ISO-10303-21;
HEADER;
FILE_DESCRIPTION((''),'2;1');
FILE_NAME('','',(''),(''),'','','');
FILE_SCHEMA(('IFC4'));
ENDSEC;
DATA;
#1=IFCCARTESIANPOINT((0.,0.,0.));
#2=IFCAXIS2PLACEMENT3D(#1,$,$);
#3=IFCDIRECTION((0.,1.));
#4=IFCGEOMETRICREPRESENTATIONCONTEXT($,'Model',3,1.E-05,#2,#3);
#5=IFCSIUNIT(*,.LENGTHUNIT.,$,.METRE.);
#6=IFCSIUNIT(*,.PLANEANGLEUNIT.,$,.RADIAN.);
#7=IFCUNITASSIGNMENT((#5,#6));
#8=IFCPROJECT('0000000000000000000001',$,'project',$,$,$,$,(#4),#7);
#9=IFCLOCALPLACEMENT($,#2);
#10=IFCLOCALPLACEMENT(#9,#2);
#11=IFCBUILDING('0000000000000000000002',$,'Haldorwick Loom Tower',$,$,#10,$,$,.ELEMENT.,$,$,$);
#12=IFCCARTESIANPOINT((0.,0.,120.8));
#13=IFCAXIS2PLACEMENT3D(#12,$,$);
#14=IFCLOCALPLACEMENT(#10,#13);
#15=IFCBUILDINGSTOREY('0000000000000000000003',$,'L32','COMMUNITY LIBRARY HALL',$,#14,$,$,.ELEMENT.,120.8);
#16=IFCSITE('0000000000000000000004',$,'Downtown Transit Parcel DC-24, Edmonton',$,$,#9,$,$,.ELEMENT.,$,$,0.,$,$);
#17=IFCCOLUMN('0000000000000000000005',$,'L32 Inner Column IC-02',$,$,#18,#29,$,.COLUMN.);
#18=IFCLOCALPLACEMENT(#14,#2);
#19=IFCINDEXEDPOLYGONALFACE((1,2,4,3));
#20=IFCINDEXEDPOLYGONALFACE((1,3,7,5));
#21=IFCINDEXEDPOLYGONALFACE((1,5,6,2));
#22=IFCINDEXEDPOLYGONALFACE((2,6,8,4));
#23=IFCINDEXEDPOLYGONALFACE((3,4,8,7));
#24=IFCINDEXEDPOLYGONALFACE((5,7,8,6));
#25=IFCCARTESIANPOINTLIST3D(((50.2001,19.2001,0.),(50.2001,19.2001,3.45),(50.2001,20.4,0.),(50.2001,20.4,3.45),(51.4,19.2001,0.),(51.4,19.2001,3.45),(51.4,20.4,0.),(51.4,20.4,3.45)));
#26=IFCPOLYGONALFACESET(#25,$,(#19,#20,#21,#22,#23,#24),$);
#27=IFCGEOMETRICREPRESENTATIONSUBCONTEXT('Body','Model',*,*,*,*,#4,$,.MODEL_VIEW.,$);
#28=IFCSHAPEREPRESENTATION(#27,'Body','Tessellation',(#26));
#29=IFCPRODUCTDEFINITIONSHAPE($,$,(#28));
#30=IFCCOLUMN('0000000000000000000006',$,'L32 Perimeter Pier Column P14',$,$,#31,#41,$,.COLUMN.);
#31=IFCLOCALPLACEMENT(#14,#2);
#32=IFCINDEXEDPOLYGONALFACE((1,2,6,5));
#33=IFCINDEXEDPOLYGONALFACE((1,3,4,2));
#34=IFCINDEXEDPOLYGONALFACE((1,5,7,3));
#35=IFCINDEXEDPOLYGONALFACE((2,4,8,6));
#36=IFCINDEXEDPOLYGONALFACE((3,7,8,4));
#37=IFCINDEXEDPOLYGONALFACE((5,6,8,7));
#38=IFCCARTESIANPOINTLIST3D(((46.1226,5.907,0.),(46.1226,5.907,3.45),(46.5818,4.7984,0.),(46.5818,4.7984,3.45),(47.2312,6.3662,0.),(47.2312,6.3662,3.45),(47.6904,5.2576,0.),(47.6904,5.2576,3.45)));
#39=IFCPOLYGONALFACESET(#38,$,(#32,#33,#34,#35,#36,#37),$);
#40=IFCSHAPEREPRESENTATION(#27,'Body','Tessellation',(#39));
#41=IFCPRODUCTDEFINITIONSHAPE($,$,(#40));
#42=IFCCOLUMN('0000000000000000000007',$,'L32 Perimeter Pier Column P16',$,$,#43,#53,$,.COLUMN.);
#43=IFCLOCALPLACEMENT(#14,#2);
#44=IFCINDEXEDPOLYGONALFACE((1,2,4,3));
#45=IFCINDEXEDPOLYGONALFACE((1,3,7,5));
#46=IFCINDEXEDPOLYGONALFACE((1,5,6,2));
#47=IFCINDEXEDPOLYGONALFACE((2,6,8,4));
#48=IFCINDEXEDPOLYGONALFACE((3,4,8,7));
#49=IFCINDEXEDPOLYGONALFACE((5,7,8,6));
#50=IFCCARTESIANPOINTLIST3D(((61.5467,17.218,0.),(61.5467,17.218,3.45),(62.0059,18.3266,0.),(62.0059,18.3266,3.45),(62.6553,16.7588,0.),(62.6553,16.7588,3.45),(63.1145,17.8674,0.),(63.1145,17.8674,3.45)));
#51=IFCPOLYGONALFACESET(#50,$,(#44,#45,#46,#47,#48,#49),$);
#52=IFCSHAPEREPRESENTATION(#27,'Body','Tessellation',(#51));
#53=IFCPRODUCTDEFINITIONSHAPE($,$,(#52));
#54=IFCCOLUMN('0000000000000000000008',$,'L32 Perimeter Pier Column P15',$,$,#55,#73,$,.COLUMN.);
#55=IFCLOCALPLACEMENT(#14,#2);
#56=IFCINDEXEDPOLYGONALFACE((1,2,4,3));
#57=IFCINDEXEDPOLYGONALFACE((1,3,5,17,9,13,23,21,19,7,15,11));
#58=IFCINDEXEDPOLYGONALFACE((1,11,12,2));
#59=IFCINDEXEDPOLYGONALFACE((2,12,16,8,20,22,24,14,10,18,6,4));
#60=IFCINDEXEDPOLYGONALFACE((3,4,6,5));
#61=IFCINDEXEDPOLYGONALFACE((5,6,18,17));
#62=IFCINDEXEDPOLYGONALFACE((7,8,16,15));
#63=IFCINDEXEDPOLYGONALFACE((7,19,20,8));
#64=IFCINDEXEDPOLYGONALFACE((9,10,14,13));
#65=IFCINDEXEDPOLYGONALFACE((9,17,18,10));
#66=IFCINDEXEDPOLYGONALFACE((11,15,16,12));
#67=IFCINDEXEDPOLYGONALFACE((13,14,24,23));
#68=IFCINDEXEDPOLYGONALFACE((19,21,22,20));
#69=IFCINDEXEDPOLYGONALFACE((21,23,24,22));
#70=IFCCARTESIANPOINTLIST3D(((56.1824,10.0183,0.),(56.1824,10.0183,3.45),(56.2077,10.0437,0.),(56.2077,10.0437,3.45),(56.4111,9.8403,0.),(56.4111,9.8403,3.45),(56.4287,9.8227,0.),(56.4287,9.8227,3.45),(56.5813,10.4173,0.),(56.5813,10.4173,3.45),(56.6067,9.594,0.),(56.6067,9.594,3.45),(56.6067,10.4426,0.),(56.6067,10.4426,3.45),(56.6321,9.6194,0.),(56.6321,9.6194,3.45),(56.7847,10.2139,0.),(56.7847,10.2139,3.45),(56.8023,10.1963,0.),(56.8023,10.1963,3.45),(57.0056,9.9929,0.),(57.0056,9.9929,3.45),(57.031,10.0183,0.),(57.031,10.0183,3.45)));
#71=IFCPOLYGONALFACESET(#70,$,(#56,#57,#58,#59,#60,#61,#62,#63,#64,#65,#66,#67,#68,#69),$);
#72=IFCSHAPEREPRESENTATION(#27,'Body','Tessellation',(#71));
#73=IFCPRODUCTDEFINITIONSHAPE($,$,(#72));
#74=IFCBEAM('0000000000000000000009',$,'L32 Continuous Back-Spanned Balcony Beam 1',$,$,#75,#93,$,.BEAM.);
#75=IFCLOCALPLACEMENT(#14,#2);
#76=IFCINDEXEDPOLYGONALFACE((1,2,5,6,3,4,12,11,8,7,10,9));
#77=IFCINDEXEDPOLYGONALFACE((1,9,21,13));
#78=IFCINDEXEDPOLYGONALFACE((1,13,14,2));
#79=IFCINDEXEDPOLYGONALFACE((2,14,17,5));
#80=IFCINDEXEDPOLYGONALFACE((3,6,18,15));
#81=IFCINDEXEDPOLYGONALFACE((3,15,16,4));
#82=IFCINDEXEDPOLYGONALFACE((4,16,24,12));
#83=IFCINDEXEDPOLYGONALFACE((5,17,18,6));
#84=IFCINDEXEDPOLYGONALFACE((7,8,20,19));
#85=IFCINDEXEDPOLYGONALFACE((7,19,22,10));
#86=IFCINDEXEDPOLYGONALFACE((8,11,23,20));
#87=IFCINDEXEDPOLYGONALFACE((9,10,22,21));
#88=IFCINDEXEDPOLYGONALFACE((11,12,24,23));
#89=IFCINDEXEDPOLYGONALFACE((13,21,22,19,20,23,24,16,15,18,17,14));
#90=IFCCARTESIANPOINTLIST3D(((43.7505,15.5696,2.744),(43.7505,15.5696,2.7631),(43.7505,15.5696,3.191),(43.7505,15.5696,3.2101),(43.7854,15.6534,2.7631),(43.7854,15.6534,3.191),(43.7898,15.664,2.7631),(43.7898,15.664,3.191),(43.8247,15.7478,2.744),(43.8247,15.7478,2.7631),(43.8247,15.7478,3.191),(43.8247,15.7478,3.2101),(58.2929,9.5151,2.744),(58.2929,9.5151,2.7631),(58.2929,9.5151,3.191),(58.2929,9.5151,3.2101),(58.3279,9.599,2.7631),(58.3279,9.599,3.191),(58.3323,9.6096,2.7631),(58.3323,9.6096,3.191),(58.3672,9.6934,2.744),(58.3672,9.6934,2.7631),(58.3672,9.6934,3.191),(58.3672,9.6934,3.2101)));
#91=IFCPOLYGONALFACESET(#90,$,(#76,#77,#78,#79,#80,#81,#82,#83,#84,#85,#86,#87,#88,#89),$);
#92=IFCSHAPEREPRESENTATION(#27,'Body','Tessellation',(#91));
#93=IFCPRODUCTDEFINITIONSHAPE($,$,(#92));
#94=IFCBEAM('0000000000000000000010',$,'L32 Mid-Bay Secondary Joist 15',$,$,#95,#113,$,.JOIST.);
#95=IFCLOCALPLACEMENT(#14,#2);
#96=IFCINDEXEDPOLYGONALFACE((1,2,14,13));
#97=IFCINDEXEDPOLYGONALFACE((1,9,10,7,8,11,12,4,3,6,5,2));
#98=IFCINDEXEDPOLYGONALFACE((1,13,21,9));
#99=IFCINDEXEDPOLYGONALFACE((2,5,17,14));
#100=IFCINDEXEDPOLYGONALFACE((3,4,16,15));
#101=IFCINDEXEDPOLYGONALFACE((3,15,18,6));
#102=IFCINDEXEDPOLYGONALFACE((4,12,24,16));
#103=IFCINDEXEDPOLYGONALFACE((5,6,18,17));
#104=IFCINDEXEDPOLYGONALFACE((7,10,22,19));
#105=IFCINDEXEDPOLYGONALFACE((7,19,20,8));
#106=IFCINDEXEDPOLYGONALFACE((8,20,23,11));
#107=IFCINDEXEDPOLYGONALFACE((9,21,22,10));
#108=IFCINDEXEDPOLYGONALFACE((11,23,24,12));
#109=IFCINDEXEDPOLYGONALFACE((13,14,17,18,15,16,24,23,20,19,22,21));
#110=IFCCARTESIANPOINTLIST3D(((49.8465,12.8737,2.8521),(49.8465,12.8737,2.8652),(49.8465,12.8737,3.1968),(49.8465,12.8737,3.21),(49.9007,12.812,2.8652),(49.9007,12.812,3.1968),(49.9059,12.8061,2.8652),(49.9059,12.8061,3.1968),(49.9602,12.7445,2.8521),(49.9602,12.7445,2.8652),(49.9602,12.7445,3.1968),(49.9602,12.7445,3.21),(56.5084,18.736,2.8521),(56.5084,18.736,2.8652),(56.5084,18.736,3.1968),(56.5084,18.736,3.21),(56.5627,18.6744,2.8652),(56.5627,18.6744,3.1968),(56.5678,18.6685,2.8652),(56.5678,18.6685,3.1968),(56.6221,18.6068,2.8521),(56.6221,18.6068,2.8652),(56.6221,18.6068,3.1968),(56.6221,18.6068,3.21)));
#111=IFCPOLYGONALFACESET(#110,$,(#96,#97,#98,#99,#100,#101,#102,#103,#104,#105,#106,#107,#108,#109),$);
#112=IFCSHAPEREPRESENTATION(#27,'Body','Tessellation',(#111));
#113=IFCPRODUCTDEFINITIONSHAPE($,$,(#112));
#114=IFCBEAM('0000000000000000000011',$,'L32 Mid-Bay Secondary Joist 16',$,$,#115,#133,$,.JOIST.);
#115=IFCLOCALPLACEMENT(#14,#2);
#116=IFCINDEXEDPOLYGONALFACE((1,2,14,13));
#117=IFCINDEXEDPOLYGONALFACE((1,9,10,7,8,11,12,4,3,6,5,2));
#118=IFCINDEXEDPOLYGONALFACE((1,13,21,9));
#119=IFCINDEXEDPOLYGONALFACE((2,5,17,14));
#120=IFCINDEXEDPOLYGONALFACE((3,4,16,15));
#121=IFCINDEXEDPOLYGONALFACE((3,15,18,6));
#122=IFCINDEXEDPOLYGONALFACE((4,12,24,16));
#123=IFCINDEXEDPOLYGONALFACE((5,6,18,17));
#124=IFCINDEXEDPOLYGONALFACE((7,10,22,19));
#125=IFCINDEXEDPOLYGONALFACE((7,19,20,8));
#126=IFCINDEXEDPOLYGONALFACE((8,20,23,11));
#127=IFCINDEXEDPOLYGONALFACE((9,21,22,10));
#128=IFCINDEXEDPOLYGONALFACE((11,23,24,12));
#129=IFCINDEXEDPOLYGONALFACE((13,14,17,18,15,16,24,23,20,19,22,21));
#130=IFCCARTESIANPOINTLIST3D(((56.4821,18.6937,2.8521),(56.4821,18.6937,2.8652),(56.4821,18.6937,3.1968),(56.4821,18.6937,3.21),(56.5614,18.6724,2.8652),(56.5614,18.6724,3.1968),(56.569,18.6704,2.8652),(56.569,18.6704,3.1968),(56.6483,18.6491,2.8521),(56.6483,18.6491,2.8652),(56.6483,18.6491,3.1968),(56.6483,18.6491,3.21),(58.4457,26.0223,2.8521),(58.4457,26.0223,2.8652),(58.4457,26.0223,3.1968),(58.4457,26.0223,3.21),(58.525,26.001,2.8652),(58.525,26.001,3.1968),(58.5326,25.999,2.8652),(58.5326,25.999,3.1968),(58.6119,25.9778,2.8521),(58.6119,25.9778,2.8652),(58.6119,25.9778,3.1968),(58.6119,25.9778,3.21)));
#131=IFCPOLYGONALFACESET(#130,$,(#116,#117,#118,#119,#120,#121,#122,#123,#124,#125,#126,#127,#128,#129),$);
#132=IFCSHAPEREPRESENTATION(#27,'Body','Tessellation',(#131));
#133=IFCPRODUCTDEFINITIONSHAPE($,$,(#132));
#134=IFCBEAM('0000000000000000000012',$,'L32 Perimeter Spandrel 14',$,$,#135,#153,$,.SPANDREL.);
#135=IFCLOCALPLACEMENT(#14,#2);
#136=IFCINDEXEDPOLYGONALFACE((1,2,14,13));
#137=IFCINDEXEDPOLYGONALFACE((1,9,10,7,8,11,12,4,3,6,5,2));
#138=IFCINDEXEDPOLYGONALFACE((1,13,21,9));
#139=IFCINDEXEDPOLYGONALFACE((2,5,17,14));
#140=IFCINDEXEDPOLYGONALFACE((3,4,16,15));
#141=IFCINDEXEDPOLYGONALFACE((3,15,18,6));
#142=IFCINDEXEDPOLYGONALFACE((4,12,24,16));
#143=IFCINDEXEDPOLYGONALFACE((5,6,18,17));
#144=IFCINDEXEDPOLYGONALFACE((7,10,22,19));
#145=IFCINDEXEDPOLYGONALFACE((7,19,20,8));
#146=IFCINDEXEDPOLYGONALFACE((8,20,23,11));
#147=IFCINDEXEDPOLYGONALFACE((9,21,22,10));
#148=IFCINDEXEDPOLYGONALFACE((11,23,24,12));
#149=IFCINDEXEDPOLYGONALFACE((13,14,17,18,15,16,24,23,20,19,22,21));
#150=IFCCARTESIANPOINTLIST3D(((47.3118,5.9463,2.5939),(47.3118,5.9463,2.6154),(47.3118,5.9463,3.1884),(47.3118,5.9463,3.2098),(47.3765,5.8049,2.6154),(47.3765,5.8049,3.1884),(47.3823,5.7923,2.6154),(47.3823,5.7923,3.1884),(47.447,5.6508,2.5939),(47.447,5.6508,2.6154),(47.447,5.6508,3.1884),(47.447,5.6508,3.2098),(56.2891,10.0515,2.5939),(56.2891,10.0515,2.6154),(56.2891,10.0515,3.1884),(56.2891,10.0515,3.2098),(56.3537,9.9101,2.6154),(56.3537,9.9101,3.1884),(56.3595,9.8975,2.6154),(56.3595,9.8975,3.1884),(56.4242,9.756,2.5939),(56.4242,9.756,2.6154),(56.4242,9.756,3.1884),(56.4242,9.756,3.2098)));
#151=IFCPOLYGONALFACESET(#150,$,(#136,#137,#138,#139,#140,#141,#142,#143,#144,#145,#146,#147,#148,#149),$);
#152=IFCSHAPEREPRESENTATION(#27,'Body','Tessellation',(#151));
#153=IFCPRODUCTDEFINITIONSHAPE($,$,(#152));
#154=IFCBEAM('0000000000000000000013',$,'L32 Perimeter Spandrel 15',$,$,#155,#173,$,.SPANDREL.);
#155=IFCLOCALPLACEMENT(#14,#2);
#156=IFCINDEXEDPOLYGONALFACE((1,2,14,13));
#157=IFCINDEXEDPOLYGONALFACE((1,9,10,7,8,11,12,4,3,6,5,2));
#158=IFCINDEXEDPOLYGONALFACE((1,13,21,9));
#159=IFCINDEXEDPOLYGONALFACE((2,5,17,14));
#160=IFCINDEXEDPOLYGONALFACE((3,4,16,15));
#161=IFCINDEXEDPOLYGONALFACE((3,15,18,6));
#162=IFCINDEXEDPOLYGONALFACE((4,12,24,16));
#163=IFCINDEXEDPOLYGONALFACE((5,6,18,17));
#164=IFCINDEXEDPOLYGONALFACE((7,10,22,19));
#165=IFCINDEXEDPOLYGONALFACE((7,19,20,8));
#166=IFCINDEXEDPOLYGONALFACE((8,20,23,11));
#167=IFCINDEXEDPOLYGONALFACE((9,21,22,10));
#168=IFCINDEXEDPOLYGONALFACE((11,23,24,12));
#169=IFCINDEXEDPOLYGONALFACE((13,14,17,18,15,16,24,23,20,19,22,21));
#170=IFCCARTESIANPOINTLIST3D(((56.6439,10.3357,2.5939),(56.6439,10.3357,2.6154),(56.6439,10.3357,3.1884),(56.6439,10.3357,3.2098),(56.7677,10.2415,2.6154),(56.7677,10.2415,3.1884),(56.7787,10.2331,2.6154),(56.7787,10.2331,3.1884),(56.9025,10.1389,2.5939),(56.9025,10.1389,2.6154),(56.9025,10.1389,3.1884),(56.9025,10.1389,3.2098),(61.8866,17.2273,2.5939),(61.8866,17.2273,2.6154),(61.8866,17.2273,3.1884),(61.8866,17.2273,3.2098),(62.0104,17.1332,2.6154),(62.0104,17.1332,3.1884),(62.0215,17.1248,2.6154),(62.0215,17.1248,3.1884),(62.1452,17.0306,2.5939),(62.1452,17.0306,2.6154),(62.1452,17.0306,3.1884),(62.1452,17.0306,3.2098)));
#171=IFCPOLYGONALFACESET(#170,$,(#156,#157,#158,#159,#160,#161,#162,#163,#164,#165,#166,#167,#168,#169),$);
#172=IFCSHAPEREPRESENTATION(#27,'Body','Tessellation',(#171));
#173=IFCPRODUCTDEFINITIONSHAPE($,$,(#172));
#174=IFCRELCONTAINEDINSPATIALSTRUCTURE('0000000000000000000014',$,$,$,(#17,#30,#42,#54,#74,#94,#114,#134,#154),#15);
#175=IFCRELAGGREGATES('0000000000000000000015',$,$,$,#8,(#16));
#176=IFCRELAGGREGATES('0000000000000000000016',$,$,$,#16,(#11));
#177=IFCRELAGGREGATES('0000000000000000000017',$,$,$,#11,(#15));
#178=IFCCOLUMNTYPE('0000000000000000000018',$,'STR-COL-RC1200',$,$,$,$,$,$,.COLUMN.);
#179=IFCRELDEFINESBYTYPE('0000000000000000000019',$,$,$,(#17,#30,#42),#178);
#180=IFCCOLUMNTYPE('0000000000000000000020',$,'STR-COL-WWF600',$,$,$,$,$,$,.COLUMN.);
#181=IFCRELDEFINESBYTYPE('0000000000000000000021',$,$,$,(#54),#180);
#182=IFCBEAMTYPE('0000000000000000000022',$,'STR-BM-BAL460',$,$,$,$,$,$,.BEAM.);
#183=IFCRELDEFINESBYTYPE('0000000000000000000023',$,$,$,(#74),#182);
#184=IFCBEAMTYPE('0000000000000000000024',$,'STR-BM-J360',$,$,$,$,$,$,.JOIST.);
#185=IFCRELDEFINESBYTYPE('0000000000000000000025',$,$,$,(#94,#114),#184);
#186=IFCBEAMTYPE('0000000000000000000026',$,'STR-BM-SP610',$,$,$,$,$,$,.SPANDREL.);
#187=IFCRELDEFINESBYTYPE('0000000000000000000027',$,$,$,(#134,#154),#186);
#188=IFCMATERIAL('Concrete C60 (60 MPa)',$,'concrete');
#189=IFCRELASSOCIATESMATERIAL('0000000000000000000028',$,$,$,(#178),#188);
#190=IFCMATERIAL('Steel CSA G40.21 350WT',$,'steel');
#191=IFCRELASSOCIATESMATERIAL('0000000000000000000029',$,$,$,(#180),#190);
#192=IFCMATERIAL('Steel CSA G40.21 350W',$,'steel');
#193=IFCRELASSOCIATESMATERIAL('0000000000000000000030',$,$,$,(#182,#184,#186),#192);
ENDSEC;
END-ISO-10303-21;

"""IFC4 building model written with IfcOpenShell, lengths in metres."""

from ifc_helpers import new_model, si_unit, direction, frame, origin, origin_2d, place, context, subcontext, project, spatial, rectangle, i_section, extrude, material, material_profile, profile_set, type_object, element, save


model = new_model("IFC4")

# Units and contexts
model_context = context("Model", 3, precision=1e-05, world=origin(), true_north=direction((0.0, 1.0)))
body_context = subcontext(model_context, "Body", "Model", "MODEL_VIEW")
ifc_project = project(units=[si_unit("LENGTHUNIT", "METRE"), si_unit("PLANEANGLEUNIT", "RADIAN")], contexts=[model_context])

# Site, building, storey
site_placement = place(None, origin())
site = spatial("IfcSite", under=ifc_project, at=site_placement, Name="Downtown Transit Parcel DC-24, Edmonton", CompositionType="ELEMENT", RefElevation=0.0)
building_placement = place(site_placement, origin())
building = spatial("IfcBuilding", under=site, at=building_placement, Name="Haldorwick Loom Tower", CompositionType="ELEMENT")
storey_placement = place(building_placement, frame((0.0, 0.0, 120.8)))
storey = spatial("IfcBuildingStorey", under=building, at=storey_placement, Name="L32", Description="COMMUNITY LIBRARY HALL", CompositionType="ELEMENT", Elevation=120.8)

# Columns
ifc_material_1 = material(Name="Concrete C60 (60 MPa)", Category="concrete")
ifc_material_profile_1 = material_profile(ifc_material_1, rectangle(XDim=1.2, YDim=1.2, at=origin_2d()), Name="RC1200X1200", Category="concrete")
ifc_profile_set_1 = profile_set([ifc_material_profile_1], Name="Concrete C60 (60 MPa)")
column_type_1 = type_object("IfcColumnType", Name="STR-COL-RC1200", PredefinedType="COLUMN", material=ifc_profile_set_1)
for number, where, z_axis, x_axis, name in (
    (1, (50.8, 19.8, 0.0), (0.0, 0.0, 1.0), (1.0, 0.0, 0.0), "L32 Inner Column IC-02"),
    (2, (46.9065, 5.5823, 0.0), (0.0, 0.0, 1.0), (0.382683, -0.92388, 0.0), "L32 Perimeter Pier Column P14"),
    (3, (62.3306, 17.5427, 0.0), (0.0, 0.0, 1.0), (0.92388, -0.382683, 0.0), "L32 Perimeter Pier Column P16"),
):
    element("IfcColumn", number, at=place(storey_placement, frame(where, z_axis=z_axis, x_axis=x_axis)), inside=storey, type_object=column_type_1, Name=name, PredefinedType="COLUMN", context=body_context, shape_type="SweptSolid", body=[
        extrude(rectangle(XDim=1.2, YDim=1.2, at=origin_2d()), origin(), (0.0, 0.0, 1.0), 3.45),
    ])
ifc_material_2 = material(Name="Steel CSA G40.21 350WT", Category="steel")
ifc_material_profile_2 = material_profile(ifc_material_2, i_section(OverallWidth=0.6001, OverallDepth=0.6001, WebThickness=0.0249, FlangeThickness=0.0359, at=origin_2d()), Name="WWF600X600", Category="steel")
ifc_profile_set_2 = profile_set([ifc_material_profile_2], Name="Steel CSA G40.21 350WT")
column_type_2 = type_object("IfcColumnType", Name="STR-COL-WWF600", PredefinedType="COLUMN", material=ifc_profile_set_2)
column_placement = place(storey_placement, frame((56.6067, 10.0183, 0.0), z_axis=(0.0, 0.0, 1.0), x_axis=(0.707107, -0.707107, 0.0)))
element("IfcColumn", 4, at=column_placement, inside=storey, type_object=column_type_2, Name="L32 Perimeter Pier Column P15", PredefinedType="COLUMN", context=body_context, shape_type="SweptSolid", body=[
    extrude(i_section(OverallWidth=0.6001, OverallDepth=0.6001, WebThickness=0.0249, FlangeThickness=0.0359, at=origin_2d()), origin(), (0.0, 0.0, 1.0), 3.45),
])

# Beams
ifc_material_3 = material(Name="Steel CSA G40.21 350W", Category="steel")
ifc_material_profile_3 = material_profile(ifc_material_3, i_section(OverallWidth=0.1931, OverallDepth=0.4661, WebThickness=0.0115, FlangeThickness=0.019, at=origin_2d()), Name="W460X97", Category="steel")
ifc_profile_set_3 = profile_set([ifc_material_profile_3], Name="Steel CSA G40.21 350W")
beam_type_1 = type_object("IfcBeamType", Name="STR-BM-BAL460", PredefinedType="BEAM", material=ifc_profile_set_3)
beam_1_placement = place(storey_placement, frame((43.7876, 15.6587, 2.9771), z_axis=(0.923188, -0.384349, 0.0), x_axis=(0.384349, 0.923188, 0.0)))
element("IfcBeam", 5, at=beam_1_placement, inside=storey, type_object=beam_type_1, Name="L32 Continuous Back-Spanned Balcony Beam 1", PredefinedType="BEAM", context=body_context, shape_type="SweptSolid", body=[
    extrude(i_section(OverallWidth=0.1931, OverallDepth=0.4661, WebThickness=0.0115, FlangeThickness=0.019, at=origin_2d()), origin(), (0.0, 0.0, 1.0), 15.7524),
])
ifc_material_profile_4 = material_profile(ifc_material_3, i_section(OverallWidth=0.1721, OverallDepth=0.3579, WebThickness=0.0078, FlangeThickness=0.0132, at=origin_2d()), Name="W360X57", Category="steel")
ifc_profile_set_4 = profile_set([ifc_material_profile_4], Name="Steel CSA G40.21 350W")
beam_type_2 = type_object("IfcBeamType", Name="STR-BM-J360", PredefinedType="JOIST", material=ifc_profile_set_4)
beam_2_placement = place(storey_placement, frame((49.9033, 12.8091, 3.031), z_axis=(0.750721, 0.660619, 0.0), x_axis=(-0.660619, 0.750721, 0.0)))
element("IfcBeam", 6, at=beam_2_placement, inside=storey, type_object=beam_type_2, Name="L32 Mid-Bay Secondary Joist 15", PredefinedType="JOIST", context=body_context, shape_type="SweptSolid", body=[
    extrude(i_section(OverallWidth=0.1721, OverallDepth=0.3579, WebThickness=0.0078, FlangeThickness=0.0132, at=origin_2d()), origin(), (0.0, 0.0, 1.0), 8.874),
])
beam_3_placement = place(storey_placement, frame((56.5652, 18.6714, 3.031), z_axis=(0.25881, 0.965928, 0.0), x_axis=(-0.965928, 0.25881, 0.0)))
element("IfcBeam", 7, at=beam_3_placement, inside=storey, type_object=beam_type_2, Name="L32 Mid-Bay Secondary Joist 16", PredefinedType="JOIST", context=body_context, shape_type="SweptSolid", body=[
    extrude(i_section(OverallWidth=0.1721, OverallDepth=0.3579, WebThickness=0.0078, FlangeThickness=0.0132, at=origin_2d()), origin(), (0.0, 0.0, 1.0), 7.5872),
])
ifc_material_profile_5 = material_profile(ifc_material_3, i_section(OverallWidth=0.325, OverallDepth=0.616, WebThickness=0.0139, FlangeThickness=0.0215, at=origin_2d()), Name="W610X174", Category="steel")
ifc_profile_set_5 = profile_set([ifc_material_profile_5], Name="Steel CSA G40.21 350W")
beam_type_3 = type_object("IfcBeamType", Name="STR-BM-SP610", PredefinedType="SPANDREL", material=ifc_profile_set_5)
beam_4_placement = place(storey_placement, frame((47.3794, 5.7986, 2.9019), z_axis=(0.909424, 0.41587, 0.0), x_axis=(-0.41587, 0.909424, 0.0)))
element("IfcBeam", 8, at=beam_4_placement, inside=storey, type_object=beam_type_3, Name="L32 Perimeter Spandrel 14", PredefinedType="SPANDREL", context=body_context, shape_type="SweptSolid", body=[
    extrude(i_section(OverallWidth=0.325, OverallDepth=0.616, WebThickness=0.0139, FlangeThickness=0.0215, at=origin_2d()), origin(), (0.0, 0.0, 1.0), 9.8713),
])
beam_5_placement = place(storey_placement, frame((56.7732, 10.2373, 2.9019), z_axis=(0.605454, 0.795881, 0.0), x_axis=(-0.795881, 0.605454, 0.0)))
element("IfcBeam", 9, at=beam_5_placement, inside=storey, type_object=beam_type_3, Name="L32 Perimeter Spandrel 15", PredefinedType="SPANDREL", context=body_context, shape_type="SweptSolid", body=[
    extrude(i_section(OverallWidth=0.325, OverallDepth=0.616, WebThickness=0.0139, FlangeThickness=0.0215, at=origin_2d()), origin(), (0.0, 0.0, 1.0), 8.6592),
])

save(model, "model.ifc")
